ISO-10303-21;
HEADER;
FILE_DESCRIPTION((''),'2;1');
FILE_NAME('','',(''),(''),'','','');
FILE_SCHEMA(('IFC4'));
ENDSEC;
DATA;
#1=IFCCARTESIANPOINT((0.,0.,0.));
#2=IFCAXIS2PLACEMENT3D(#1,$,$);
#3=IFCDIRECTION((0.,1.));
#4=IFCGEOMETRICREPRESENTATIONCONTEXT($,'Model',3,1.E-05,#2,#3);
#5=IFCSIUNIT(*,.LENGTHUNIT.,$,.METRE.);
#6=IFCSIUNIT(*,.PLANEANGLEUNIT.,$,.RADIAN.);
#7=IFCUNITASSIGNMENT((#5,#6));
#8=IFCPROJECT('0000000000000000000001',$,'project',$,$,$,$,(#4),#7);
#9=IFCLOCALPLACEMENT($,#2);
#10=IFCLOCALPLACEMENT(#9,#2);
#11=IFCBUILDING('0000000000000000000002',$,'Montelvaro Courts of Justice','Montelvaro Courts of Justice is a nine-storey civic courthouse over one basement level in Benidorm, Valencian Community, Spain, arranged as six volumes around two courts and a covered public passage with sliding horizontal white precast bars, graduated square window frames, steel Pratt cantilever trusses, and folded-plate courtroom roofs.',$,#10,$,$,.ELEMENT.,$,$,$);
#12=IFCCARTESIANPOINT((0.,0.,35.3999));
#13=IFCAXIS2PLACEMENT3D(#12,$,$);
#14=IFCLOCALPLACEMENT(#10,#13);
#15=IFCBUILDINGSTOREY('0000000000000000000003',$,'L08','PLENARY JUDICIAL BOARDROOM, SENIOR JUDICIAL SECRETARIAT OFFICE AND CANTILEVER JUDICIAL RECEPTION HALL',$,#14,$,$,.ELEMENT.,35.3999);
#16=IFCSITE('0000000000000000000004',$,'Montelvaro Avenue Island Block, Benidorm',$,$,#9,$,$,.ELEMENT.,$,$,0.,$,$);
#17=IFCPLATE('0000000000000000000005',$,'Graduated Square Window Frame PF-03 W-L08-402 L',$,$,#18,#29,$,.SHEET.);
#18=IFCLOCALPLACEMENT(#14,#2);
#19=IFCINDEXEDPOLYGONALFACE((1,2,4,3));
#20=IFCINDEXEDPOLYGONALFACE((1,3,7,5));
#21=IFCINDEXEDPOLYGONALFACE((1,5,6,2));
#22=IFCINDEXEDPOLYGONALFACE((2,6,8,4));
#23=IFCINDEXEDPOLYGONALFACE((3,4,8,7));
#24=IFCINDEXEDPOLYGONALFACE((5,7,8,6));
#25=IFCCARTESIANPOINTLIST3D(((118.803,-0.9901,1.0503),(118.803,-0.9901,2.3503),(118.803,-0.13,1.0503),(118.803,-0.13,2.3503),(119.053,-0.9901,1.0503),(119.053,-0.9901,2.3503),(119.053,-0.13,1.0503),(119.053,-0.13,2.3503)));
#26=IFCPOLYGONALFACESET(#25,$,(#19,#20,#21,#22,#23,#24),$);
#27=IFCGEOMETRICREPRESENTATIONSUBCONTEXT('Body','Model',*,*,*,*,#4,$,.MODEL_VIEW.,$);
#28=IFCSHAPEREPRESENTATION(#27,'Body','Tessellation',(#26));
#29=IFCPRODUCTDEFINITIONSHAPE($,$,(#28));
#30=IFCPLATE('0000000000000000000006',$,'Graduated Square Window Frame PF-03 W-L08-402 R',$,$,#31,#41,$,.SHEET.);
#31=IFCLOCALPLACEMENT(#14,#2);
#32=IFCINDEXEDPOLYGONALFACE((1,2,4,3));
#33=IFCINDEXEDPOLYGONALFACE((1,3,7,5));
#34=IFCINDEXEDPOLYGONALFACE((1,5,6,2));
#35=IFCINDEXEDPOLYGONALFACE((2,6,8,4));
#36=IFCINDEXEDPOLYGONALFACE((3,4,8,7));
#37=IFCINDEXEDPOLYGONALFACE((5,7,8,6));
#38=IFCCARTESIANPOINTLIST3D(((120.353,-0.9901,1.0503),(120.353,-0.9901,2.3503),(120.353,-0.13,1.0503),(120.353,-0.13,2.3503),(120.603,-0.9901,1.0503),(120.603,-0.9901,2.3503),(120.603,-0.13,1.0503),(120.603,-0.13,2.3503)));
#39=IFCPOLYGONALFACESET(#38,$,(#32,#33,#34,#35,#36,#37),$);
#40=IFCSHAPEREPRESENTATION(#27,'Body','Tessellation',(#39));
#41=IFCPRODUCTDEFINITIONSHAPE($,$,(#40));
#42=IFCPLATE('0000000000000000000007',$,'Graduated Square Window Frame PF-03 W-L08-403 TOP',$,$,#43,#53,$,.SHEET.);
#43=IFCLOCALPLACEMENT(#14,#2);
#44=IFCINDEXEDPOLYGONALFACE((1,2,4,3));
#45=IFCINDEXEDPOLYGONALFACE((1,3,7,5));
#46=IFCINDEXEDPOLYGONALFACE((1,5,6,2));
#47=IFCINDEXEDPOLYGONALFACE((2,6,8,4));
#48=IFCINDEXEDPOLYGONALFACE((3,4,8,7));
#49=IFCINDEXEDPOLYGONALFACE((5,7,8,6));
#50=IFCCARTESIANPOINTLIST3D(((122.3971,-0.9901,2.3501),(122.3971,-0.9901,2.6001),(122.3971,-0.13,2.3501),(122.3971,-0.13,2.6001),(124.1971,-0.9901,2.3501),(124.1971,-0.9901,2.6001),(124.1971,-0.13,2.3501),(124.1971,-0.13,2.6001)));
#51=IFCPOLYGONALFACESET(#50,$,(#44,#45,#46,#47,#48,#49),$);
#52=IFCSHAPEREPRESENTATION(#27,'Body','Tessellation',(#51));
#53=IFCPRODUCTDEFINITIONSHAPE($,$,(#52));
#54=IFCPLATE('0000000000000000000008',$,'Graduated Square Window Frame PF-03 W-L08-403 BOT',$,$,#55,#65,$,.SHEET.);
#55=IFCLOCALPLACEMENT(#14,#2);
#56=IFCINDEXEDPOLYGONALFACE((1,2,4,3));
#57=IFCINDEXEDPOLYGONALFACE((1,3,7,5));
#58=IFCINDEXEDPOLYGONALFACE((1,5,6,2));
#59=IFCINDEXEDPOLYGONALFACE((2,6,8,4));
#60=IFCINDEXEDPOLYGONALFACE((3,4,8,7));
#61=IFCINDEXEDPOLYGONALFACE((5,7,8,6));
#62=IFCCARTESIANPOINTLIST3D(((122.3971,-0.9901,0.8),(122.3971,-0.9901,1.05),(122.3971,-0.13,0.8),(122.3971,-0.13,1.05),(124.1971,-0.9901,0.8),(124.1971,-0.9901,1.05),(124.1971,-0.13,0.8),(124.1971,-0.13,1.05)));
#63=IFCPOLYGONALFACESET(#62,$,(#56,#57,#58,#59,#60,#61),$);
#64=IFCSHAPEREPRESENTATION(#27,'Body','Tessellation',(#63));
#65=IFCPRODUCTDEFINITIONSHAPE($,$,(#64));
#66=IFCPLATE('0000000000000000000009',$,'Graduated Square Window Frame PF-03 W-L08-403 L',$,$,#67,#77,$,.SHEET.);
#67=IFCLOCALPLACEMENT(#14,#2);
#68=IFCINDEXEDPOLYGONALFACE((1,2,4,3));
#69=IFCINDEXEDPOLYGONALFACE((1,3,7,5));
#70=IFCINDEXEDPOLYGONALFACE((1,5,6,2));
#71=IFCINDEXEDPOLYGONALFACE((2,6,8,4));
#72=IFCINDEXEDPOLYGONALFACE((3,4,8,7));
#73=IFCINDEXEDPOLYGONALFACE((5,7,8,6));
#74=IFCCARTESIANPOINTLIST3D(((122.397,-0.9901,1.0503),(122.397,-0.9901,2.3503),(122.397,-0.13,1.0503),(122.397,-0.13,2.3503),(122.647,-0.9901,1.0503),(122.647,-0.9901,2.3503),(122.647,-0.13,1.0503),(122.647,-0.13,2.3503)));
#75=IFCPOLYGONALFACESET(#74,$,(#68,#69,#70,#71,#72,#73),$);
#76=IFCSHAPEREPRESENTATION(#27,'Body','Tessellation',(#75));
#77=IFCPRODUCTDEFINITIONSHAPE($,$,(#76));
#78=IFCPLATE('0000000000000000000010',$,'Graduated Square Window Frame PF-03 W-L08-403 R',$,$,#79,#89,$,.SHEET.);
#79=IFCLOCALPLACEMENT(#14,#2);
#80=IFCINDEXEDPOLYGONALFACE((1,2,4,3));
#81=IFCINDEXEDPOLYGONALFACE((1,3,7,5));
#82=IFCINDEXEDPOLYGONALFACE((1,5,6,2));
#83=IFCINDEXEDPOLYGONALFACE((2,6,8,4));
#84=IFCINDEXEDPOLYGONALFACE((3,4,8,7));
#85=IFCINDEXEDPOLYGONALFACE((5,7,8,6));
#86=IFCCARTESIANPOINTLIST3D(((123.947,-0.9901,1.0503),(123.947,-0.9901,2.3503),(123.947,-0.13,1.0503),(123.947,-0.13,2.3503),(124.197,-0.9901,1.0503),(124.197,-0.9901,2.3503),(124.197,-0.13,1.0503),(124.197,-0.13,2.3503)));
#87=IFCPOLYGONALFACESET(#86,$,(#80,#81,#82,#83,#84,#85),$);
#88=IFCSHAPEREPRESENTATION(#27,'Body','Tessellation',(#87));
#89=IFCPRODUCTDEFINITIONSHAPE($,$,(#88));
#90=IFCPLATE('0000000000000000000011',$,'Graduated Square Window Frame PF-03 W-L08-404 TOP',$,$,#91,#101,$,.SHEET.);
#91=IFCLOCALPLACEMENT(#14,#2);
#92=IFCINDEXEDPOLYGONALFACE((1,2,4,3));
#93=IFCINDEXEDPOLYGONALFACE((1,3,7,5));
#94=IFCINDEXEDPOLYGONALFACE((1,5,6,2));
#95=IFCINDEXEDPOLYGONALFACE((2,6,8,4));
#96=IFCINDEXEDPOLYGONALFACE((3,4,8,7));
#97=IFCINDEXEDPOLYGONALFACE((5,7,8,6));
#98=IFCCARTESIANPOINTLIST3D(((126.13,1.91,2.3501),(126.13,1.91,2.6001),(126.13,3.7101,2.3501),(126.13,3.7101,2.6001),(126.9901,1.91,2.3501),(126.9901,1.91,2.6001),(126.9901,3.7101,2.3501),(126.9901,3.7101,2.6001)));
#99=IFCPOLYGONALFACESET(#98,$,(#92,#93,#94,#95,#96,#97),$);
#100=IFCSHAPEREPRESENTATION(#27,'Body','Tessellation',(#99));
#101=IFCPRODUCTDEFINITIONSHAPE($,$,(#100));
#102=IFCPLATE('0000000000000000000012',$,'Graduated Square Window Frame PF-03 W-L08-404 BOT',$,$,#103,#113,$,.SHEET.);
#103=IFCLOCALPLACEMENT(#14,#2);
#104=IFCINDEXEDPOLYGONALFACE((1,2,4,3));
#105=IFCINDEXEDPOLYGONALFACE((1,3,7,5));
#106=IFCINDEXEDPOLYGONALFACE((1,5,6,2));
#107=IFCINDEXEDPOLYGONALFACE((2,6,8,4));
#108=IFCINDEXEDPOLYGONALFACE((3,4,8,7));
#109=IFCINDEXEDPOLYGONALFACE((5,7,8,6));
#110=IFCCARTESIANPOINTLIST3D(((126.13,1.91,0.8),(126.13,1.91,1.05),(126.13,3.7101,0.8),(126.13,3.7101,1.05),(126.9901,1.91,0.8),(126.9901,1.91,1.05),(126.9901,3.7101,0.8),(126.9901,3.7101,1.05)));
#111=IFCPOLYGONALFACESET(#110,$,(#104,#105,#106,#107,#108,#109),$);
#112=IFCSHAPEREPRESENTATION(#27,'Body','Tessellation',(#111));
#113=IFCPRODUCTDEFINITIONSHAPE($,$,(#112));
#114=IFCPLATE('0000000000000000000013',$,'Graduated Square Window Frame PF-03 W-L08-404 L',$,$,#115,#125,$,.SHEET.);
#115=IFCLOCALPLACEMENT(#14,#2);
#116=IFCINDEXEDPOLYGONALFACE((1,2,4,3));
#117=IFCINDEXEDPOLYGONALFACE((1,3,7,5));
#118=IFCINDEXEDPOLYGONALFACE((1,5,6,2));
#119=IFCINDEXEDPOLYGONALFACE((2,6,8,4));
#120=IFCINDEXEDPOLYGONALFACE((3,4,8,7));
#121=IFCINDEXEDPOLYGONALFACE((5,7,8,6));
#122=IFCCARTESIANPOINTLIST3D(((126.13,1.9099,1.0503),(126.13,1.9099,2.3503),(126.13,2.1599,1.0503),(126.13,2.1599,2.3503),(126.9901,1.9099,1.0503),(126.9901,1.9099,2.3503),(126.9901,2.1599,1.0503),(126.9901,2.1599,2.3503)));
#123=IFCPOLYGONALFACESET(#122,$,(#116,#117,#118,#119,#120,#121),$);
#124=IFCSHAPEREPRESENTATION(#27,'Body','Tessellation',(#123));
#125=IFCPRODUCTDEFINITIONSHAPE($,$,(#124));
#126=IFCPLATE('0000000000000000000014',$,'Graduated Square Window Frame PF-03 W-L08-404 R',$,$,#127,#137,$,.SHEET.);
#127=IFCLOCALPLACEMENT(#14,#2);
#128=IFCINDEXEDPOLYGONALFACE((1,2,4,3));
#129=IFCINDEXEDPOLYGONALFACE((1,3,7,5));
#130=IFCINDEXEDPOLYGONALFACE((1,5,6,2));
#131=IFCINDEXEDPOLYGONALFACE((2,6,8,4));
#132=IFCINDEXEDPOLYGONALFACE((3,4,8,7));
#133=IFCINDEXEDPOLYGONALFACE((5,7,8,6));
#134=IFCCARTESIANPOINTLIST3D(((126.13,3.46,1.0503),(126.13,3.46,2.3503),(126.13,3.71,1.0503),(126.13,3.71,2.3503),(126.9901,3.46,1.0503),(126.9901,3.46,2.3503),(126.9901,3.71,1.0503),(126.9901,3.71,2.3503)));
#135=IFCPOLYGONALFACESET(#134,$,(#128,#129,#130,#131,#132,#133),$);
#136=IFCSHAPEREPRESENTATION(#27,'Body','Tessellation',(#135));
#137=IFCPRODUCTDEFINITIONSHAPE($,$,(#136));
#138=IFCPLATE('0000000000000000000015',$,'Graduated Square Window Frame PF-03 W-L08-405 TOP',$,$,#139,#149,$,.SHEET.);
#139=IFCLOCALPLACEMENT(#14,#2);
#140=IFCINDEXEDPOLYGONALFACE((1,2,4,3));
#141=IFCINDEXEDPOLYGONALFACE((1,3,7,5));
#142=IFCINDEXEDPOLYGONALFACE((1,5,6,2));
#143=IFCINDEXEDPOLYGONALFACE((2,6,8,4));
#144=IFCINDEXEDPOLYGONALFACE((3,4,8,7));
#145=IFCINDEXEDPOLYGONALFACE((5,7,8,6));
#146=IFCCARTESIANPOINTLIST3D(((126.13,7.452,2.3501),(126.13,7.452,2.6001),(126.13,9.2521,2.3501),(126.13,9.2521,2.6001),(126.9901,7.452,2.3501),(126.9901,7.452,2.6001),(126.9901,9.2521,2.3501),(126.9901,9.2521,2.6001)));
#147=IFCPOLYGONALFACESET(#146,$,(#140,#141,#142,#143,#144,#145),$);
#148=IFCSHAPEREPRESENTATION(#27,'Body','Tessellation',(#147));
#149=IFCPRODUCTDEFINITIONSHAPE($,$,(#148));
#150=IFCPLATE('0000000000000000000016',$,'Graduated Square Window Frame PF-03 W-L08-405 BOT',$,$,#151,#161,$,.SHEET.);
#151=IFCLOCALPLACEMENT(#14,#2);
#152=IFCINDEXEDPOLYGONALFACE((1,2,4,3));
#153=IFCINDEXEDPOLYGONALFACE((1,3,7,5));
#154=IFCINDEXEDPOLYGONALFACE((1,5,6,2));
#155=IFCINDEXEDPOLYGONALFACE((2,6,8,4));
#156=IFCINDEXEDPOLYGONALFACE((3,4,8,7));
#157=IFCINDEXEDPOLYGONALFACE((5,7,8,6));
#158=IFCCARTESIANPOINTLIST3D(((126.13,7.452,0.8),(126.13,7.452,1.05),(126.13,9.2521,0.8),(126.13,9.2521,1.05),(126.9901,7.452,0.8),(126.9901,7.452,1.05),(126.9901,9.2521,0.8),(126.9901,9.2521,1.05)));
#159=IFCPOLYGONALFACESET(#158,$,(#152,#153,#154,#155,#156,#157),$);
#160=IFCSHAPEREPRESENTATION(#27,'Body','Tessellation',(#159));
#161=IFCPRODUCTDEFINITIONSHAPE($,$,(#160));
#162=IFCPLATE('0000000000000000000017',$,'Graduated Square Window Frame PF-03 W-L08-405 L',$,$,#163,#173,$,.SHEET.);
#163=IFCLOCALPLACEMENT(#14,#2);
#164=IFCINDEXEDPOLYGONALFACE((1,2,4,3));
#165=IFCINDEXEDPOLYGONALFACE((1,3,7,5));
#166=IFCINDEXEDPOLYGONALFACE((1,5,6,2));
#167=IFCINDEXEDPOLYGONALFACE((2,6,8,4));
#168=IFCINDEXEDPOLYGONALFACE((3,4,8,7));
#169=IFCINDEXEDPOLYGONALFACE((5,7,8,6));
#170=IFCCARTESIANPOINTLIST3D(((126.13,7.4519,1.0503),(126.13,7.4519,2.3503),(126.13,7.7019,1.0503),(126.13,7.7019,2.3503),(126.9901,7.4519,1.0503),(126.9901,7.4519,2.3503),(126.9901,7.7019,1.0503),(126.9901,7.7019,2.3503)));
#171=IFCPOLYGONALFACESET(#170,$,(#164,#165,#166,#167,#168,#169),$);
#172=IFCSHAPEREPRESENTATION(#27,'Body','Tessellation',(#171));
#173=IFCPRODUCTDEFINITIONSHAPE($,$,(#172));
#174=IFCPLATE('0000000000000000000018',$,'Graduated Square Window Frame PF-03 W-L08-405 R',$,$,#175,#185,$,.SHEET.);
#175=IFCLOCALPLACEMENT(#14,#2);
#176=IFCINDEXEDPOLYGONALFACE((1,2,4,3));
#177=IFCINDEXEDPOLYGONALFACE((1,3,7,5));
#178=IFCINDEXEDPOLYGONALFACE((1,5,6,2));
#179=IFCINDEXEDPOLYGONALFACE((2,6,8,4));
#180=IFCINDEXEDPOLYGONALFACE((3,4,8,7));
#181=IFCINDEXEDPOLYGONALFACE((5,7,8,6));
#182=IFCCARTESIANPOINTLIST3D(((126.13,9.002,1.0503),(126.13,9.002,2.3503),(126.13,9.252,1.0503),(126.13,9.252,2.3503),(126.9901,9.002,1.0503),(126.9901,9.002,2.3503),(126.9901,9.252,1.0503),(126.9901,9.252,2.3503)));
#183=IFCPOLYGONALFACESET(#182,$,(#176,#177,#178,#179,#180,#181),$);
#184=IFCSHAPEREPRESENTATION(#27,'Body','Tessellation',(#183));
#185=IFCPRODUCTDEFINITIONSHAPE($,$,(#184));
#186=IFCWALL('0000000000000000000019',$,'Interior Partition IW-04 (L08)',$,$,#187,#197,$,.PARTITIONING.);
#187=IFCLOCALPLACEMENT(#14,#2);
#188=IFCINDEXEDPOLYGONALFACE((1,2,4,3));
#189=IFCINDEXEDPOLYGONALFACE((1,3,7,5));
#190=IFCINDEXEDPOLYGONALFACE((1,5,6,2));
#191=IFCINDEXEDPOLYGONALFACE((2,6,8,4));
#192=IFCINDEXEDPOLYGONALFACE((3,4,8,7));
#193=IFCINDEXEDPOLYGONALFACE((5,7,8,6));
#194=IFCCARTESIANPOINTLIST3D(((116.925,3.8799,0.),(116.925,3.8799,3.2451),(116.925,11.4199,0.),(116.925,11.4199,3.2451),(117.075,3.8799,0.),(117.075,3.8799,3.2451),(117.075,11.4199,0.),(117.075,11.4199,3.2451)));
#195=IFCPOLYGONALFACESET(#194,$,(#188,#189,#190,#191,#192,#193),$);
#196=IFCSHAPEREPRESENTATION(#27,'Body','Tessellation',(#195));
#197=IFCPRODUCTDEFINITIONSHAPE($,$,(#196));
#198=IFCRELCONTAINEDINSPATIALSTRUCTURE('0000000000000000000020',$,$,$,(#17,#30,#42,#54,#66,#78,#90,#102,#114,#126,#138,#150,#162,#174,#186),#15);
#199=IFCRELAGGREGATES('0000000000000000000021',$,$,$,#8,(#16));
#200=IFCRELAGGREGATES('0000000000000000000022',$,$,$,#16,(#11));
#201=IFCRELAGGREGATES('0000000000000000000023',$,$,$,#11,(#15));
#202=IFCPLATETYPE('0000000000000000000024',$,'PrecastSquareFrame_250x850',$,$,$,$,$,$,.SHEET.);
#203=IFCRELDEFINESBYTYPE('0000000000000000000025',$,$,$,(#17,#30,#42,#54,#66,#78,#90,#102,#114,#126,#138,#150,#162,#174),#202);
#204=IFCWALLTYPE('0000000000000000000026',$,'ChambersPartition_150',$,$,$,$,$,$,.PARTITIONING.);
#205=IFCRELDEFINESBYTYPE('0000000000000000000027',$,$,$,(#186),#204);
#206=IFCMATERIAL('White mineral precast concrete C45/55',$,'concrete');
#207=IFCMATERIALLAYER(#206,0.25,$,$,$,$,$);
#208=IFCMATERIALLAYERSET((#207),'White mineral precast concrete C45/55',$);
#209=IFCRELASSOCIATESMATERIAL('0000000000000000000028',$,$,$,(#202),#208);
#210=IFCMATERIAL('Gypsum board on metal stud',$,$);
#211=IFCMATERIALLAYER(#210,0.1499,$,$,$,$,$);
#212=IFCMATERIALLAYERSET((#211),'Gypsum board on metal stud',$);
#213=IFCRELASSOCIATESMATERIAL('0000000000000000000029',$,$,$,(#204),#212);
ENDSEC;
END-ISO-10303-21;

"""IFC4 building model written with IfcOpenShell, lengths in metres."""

from ifc_helpers import new_model, si_unit, direction, frame, frame_2d, origin, origin_2d, place, context, subcontext, project, spatial, rectangle, extrude, material, layer, layer_set, type_object, element, save


model = new_model("IFC4")

# Units and contexts
model_context = context("Model", 3, precision=1e-05, world=origin(), true_north=direction((0.0, 1.0)))
body_context = subcontext(model_context, "Body", "Model", "MODEL_VIEW")
ifc_project = project(units=[si_unit("LENGTHUNIT", "METRE"), si_unit("PLANEANGLEUNIT", "RADIAN")], contexts=[model_context])

# Site, building, storey
site_placement = place(None, origin())
site = spatial("IfcSite", under=ifc_project, at=site_placement, Name="Montelvaro Avenue Island Block, Benidorm", CompositionType="ELEMENT", RefElevation=0.0)
building_placement = place(site_placement, origin())
building = spatial("IfcBuilding", under=site, at=building_placement, Name="Montelvaro Courts of Justice", Description="Montelvaro Courts of Justice is a nine-storey civic courthouse over one basement level in Benidorm, Valencian Community, Spain, arranged as six volumes around two courts and a covered public passage with sliding horizontal white precast bars, graduated square window frames, steel Pratt cantilever trusses, and folded-plate courtroom roofs.", CompositionType="ELEMENT")
storey_placement = place(building_placement, frame((0.0, 0.0, 35.3999)))
storey = spatial("IfcBuildingStorey", under=building, at=storey_placement, Name="L08", Description="PLENARY JUDICIAL BOARDROOM, SENIOR JUDICIAL SECRETARIAT OFFICE AND CANTILEVER JUDICIAL RECEPTION HALL", CompositionType="ELEMENT", Elevation=35.3999)

# Plates
ifc_material_1 = material(Name="White mineral precast concrete C45/55", Category="concrete")
ifc_layer_1 = layer(ifc_material_1, 0.25)
ifc_layer_set_1 = layer_set([ifc_layer_1], Name="White mineral precast concrete C45/55")
plate_type = type_object("IfcPlateType", Name="PrecastSquareFrame_250x850", PredefinedType="SHEET", material=ifc_layer_set_1)
for number, where, z_axis, x_axis, name in (
    (1, (118.928, -0.5601, 1.0503), (0.0, 0.0, 1.0), (1.0, 0.0, 0.0), "Graduated Square Window Frame PF-03 W-L08-402 L"),
    (2, (120.478, -0.5601, 1.0503), (0.0, 0.0, 1.0), (1.0, 0.0, 0.0), "Graduated Square Window Frame PF-03 W-L08-402 R"),
):
    element("IfcPlate", number, at=place(storey_placement, frame(where, z_axis=z_axis, x_axis=x_axis)), inside=storey, type_object=plate_type, Name=name, PredefinedType="SHEET", context=body_context, shape_type="SweptSolid", body=[
        extrude(rectangle(XDim=0.25, YDim=0.8601, at=origin_2d()), origin(), (0.0, 0.0, 1.0), 1.3),
    ])
for number, where, z_axis, x_axis, name in (
    (3, (123.2971, -0.5601, 2.3501), (0.0, 0.0, 1.0), (1.0, 0.0, 0.0), "Graduated Square Window Frame PF-03 W-L08-403 TOP"),
    (4, (123.2971, -0.5601, 0.8), (0.0, 0.0, 1.0), (1.0, 0.0, 0.0), "Graduated Square Window Frame PF-03 W-L08-403 BOT"),
):
    element("IfcPlate", number, at=place(storey_placement, frame(where, z_axis=z_axis, x_axis=x_axis)), inside=storey, type_object=plate_type, Name=name, PredefinedType="SHEET", context=body_context, shape_type="SweptSolid", body=[
        extrude(rectangle(XDim=1.8, YDim=0.8601, at=origin_2d()), origin(), (0.0, 0.0, 1.0), 0.25),
    ])
for number, where, z_axis, x_axis, name in (
    (5, (122.522, -0.5601, 1.0503), (0.0, 0.0, 1.0), (1.0, 0.0, 0.0), "Graduated Square Window Frame PF-03 W-L08-403 L"),
    (6, (124.072, -0.5601, 1.0503), (0.0, 0.0, 1.0), (1.0, 0.0, 0.0), "Graduated Square Window Frame PF-03 W-L08-403 R"),
):
    element("IfcPlate", number, at=place(storey_placement, frame(where, z_axis=z_axis, x_axis=x_axis)), inside=storey, type_object=plate_type, Name=name, PredefinedType="SHEET", context=body_context, shape_type="SweptSolid", body=[
        extrude(rectangle(XDim=0.25, YDim=0.8601, at=origin_2d()), origin(), (0.0, 0.0, 1.0), 1.3),
    ])
for number, where, z_axis, x_axis, name in (
    (7, (126.5601, 2.8101, 2.3501), (0.0, 0.0, 1.0), (0.0, 1.0, 0.0), "Graduated Square Window Frame PF-03 W-L08-404 TOP"),
    (8, (126.5601, 2.8101, 0.8), (0.0, 0.0, 1.0), (0.0, 1.0, 0.0), "Graduated Square Window Frame PF-03 W-L08-404 BOT"),
):
    element("IfcPlate", number, at=place(storey_placement, frame(where, z_axis=z_axis, x_axis=x_axis)), inside=storey, type_object=plate_type, Name=name, PredefinedType="SHEET", context=body_context, shape_type="SweptSolid", body=[
        extrude(rectangle(XDim=1.8, YDim=0.8601, at=origin_2d()), origin(), (0.0, 0.0, 1.0), 0.25),
    ])
for number, where, z_axis, x_axis, name in (
    (9, (126.5601, 2.0349, 1.0503), (0.0, 0.0, 1.0), (0.0, 1.0, 0.0), "Graduated Square Window Frame PF-03 W-L08-404 L"),
    (10, (126.5601, 3.585, 1.0503), (0.0, 0.0, 1.0), (0.0, 1.0, 0.0), "Graduated Square Window Frame PF-03 W-L08-404 R"),
):
    element("IfcPlate", number, at=place(storey_placement, frame(where, z_axis=z_axis, x_axis=x_axis)), inside=storey, type_object=plate_type, Name=name, PredefinedType="SHEET", context=body_context, shape_type="SweptSolid", body=[
        extrude(rectangle(XDim=0.25, YDim=0.8601, at=origin_2d()), origin(), (0.0, 0.0, 1.0), 1.3),
    ])
for number, where, z_axis, x_axis, name in (
    (11, (126.5601, 8.3521, 2.3501), (0.0, 0.0, 1.0), (0.0, 1.0, 0.0), "Graduated Square Window Frame PF-03 W-L08-405 TOP"),
    (12, (126.5601, 8.3521, 0.8), (0.0, 0.0, 1.0), (0.0, 1.0, 0.0), "Graduated Square Window Frame PF-03 W-L08-405 BOT"),
):
    element("IfcPlate", number, at=place(storey_placement, frame(where, z_axis=z_axis, x_axis=x_axis)), inside=storey, type_object=plate_type, Name=name, PredefinedType="SHEET", context=body_context, shape_type="SweptSolid", body=[
        extrude(rectangle(XDim=1.8, YDim=0.8601, at=origin_2d()), origin(), (0.0, 0.0, 1.0), 0.25),
    ])
for number, where, z_axis, x_axis, name in (
    (13, (126.5601, 7.5769, 1.0503), (0.0, 0.0, 1.0), (0.0, 1.0, 0.0), "Graduated Square Window Frame PF-03 W-L08-405 L"),
    (14, (126.5601, 9.127, 1.0503), (0.0, 0.0, 1.0), (0.0, 1.0, 0.0), "Graduated Square Window Frame PF-03 W-L08-405 R"),
):
    element("IfcPlate", number, at=place(storey_placement, frame(where, z_axis=z_axis, x_axis=x_axis)), inside=storey, type_object=plate_type, Name=name, PredefinedType="SHEET", context=body_context, shape_type="SweptSolid", body=[
        extrude(rectangle(XDim=0.25, YDim=0.8601, at=origin_2d()), origin(), (0.0, 0.0, 1.0), 1.3),
    ])

# Wall
ifc_material_2 = material(Name="Gypsum board on metal stud")
ifc_layer_2 = layer(ifc_material_2, 0.1499)
ifc_layer_set_2 = layer_set([ifc_layer_2], Name="Gypsum board on metal stud")
wall_type_1 = type_object("IfcWallType", Name="ChambersPartition_150", PredefinedType="PARTITIONING", material=ifc_layer_set_2)
wall_1_placement = place(storey_placement, frame((117.0, 3.8799, 0.0), z_axis=(0.0, 0.0, 1.0), x_axis=(0.0, 1.0, 0.0)))
element("IfcWall", 15, at=wall_1_placement, inside=storey, type_object=wall_type_1, Name="Interior Partition IW-04 (L08)", PredefinedType="PARTITIONING", context=body_context, shape_type="SweptSolid", body=[
    extrude(rectangle(XDim=7.54, YDim=0.1499, at=frame_2d((3.77, 0.0))), origin(), (0.0, 0.0, 1.0), 3.2451),
])

save(model, "model.ifc")
